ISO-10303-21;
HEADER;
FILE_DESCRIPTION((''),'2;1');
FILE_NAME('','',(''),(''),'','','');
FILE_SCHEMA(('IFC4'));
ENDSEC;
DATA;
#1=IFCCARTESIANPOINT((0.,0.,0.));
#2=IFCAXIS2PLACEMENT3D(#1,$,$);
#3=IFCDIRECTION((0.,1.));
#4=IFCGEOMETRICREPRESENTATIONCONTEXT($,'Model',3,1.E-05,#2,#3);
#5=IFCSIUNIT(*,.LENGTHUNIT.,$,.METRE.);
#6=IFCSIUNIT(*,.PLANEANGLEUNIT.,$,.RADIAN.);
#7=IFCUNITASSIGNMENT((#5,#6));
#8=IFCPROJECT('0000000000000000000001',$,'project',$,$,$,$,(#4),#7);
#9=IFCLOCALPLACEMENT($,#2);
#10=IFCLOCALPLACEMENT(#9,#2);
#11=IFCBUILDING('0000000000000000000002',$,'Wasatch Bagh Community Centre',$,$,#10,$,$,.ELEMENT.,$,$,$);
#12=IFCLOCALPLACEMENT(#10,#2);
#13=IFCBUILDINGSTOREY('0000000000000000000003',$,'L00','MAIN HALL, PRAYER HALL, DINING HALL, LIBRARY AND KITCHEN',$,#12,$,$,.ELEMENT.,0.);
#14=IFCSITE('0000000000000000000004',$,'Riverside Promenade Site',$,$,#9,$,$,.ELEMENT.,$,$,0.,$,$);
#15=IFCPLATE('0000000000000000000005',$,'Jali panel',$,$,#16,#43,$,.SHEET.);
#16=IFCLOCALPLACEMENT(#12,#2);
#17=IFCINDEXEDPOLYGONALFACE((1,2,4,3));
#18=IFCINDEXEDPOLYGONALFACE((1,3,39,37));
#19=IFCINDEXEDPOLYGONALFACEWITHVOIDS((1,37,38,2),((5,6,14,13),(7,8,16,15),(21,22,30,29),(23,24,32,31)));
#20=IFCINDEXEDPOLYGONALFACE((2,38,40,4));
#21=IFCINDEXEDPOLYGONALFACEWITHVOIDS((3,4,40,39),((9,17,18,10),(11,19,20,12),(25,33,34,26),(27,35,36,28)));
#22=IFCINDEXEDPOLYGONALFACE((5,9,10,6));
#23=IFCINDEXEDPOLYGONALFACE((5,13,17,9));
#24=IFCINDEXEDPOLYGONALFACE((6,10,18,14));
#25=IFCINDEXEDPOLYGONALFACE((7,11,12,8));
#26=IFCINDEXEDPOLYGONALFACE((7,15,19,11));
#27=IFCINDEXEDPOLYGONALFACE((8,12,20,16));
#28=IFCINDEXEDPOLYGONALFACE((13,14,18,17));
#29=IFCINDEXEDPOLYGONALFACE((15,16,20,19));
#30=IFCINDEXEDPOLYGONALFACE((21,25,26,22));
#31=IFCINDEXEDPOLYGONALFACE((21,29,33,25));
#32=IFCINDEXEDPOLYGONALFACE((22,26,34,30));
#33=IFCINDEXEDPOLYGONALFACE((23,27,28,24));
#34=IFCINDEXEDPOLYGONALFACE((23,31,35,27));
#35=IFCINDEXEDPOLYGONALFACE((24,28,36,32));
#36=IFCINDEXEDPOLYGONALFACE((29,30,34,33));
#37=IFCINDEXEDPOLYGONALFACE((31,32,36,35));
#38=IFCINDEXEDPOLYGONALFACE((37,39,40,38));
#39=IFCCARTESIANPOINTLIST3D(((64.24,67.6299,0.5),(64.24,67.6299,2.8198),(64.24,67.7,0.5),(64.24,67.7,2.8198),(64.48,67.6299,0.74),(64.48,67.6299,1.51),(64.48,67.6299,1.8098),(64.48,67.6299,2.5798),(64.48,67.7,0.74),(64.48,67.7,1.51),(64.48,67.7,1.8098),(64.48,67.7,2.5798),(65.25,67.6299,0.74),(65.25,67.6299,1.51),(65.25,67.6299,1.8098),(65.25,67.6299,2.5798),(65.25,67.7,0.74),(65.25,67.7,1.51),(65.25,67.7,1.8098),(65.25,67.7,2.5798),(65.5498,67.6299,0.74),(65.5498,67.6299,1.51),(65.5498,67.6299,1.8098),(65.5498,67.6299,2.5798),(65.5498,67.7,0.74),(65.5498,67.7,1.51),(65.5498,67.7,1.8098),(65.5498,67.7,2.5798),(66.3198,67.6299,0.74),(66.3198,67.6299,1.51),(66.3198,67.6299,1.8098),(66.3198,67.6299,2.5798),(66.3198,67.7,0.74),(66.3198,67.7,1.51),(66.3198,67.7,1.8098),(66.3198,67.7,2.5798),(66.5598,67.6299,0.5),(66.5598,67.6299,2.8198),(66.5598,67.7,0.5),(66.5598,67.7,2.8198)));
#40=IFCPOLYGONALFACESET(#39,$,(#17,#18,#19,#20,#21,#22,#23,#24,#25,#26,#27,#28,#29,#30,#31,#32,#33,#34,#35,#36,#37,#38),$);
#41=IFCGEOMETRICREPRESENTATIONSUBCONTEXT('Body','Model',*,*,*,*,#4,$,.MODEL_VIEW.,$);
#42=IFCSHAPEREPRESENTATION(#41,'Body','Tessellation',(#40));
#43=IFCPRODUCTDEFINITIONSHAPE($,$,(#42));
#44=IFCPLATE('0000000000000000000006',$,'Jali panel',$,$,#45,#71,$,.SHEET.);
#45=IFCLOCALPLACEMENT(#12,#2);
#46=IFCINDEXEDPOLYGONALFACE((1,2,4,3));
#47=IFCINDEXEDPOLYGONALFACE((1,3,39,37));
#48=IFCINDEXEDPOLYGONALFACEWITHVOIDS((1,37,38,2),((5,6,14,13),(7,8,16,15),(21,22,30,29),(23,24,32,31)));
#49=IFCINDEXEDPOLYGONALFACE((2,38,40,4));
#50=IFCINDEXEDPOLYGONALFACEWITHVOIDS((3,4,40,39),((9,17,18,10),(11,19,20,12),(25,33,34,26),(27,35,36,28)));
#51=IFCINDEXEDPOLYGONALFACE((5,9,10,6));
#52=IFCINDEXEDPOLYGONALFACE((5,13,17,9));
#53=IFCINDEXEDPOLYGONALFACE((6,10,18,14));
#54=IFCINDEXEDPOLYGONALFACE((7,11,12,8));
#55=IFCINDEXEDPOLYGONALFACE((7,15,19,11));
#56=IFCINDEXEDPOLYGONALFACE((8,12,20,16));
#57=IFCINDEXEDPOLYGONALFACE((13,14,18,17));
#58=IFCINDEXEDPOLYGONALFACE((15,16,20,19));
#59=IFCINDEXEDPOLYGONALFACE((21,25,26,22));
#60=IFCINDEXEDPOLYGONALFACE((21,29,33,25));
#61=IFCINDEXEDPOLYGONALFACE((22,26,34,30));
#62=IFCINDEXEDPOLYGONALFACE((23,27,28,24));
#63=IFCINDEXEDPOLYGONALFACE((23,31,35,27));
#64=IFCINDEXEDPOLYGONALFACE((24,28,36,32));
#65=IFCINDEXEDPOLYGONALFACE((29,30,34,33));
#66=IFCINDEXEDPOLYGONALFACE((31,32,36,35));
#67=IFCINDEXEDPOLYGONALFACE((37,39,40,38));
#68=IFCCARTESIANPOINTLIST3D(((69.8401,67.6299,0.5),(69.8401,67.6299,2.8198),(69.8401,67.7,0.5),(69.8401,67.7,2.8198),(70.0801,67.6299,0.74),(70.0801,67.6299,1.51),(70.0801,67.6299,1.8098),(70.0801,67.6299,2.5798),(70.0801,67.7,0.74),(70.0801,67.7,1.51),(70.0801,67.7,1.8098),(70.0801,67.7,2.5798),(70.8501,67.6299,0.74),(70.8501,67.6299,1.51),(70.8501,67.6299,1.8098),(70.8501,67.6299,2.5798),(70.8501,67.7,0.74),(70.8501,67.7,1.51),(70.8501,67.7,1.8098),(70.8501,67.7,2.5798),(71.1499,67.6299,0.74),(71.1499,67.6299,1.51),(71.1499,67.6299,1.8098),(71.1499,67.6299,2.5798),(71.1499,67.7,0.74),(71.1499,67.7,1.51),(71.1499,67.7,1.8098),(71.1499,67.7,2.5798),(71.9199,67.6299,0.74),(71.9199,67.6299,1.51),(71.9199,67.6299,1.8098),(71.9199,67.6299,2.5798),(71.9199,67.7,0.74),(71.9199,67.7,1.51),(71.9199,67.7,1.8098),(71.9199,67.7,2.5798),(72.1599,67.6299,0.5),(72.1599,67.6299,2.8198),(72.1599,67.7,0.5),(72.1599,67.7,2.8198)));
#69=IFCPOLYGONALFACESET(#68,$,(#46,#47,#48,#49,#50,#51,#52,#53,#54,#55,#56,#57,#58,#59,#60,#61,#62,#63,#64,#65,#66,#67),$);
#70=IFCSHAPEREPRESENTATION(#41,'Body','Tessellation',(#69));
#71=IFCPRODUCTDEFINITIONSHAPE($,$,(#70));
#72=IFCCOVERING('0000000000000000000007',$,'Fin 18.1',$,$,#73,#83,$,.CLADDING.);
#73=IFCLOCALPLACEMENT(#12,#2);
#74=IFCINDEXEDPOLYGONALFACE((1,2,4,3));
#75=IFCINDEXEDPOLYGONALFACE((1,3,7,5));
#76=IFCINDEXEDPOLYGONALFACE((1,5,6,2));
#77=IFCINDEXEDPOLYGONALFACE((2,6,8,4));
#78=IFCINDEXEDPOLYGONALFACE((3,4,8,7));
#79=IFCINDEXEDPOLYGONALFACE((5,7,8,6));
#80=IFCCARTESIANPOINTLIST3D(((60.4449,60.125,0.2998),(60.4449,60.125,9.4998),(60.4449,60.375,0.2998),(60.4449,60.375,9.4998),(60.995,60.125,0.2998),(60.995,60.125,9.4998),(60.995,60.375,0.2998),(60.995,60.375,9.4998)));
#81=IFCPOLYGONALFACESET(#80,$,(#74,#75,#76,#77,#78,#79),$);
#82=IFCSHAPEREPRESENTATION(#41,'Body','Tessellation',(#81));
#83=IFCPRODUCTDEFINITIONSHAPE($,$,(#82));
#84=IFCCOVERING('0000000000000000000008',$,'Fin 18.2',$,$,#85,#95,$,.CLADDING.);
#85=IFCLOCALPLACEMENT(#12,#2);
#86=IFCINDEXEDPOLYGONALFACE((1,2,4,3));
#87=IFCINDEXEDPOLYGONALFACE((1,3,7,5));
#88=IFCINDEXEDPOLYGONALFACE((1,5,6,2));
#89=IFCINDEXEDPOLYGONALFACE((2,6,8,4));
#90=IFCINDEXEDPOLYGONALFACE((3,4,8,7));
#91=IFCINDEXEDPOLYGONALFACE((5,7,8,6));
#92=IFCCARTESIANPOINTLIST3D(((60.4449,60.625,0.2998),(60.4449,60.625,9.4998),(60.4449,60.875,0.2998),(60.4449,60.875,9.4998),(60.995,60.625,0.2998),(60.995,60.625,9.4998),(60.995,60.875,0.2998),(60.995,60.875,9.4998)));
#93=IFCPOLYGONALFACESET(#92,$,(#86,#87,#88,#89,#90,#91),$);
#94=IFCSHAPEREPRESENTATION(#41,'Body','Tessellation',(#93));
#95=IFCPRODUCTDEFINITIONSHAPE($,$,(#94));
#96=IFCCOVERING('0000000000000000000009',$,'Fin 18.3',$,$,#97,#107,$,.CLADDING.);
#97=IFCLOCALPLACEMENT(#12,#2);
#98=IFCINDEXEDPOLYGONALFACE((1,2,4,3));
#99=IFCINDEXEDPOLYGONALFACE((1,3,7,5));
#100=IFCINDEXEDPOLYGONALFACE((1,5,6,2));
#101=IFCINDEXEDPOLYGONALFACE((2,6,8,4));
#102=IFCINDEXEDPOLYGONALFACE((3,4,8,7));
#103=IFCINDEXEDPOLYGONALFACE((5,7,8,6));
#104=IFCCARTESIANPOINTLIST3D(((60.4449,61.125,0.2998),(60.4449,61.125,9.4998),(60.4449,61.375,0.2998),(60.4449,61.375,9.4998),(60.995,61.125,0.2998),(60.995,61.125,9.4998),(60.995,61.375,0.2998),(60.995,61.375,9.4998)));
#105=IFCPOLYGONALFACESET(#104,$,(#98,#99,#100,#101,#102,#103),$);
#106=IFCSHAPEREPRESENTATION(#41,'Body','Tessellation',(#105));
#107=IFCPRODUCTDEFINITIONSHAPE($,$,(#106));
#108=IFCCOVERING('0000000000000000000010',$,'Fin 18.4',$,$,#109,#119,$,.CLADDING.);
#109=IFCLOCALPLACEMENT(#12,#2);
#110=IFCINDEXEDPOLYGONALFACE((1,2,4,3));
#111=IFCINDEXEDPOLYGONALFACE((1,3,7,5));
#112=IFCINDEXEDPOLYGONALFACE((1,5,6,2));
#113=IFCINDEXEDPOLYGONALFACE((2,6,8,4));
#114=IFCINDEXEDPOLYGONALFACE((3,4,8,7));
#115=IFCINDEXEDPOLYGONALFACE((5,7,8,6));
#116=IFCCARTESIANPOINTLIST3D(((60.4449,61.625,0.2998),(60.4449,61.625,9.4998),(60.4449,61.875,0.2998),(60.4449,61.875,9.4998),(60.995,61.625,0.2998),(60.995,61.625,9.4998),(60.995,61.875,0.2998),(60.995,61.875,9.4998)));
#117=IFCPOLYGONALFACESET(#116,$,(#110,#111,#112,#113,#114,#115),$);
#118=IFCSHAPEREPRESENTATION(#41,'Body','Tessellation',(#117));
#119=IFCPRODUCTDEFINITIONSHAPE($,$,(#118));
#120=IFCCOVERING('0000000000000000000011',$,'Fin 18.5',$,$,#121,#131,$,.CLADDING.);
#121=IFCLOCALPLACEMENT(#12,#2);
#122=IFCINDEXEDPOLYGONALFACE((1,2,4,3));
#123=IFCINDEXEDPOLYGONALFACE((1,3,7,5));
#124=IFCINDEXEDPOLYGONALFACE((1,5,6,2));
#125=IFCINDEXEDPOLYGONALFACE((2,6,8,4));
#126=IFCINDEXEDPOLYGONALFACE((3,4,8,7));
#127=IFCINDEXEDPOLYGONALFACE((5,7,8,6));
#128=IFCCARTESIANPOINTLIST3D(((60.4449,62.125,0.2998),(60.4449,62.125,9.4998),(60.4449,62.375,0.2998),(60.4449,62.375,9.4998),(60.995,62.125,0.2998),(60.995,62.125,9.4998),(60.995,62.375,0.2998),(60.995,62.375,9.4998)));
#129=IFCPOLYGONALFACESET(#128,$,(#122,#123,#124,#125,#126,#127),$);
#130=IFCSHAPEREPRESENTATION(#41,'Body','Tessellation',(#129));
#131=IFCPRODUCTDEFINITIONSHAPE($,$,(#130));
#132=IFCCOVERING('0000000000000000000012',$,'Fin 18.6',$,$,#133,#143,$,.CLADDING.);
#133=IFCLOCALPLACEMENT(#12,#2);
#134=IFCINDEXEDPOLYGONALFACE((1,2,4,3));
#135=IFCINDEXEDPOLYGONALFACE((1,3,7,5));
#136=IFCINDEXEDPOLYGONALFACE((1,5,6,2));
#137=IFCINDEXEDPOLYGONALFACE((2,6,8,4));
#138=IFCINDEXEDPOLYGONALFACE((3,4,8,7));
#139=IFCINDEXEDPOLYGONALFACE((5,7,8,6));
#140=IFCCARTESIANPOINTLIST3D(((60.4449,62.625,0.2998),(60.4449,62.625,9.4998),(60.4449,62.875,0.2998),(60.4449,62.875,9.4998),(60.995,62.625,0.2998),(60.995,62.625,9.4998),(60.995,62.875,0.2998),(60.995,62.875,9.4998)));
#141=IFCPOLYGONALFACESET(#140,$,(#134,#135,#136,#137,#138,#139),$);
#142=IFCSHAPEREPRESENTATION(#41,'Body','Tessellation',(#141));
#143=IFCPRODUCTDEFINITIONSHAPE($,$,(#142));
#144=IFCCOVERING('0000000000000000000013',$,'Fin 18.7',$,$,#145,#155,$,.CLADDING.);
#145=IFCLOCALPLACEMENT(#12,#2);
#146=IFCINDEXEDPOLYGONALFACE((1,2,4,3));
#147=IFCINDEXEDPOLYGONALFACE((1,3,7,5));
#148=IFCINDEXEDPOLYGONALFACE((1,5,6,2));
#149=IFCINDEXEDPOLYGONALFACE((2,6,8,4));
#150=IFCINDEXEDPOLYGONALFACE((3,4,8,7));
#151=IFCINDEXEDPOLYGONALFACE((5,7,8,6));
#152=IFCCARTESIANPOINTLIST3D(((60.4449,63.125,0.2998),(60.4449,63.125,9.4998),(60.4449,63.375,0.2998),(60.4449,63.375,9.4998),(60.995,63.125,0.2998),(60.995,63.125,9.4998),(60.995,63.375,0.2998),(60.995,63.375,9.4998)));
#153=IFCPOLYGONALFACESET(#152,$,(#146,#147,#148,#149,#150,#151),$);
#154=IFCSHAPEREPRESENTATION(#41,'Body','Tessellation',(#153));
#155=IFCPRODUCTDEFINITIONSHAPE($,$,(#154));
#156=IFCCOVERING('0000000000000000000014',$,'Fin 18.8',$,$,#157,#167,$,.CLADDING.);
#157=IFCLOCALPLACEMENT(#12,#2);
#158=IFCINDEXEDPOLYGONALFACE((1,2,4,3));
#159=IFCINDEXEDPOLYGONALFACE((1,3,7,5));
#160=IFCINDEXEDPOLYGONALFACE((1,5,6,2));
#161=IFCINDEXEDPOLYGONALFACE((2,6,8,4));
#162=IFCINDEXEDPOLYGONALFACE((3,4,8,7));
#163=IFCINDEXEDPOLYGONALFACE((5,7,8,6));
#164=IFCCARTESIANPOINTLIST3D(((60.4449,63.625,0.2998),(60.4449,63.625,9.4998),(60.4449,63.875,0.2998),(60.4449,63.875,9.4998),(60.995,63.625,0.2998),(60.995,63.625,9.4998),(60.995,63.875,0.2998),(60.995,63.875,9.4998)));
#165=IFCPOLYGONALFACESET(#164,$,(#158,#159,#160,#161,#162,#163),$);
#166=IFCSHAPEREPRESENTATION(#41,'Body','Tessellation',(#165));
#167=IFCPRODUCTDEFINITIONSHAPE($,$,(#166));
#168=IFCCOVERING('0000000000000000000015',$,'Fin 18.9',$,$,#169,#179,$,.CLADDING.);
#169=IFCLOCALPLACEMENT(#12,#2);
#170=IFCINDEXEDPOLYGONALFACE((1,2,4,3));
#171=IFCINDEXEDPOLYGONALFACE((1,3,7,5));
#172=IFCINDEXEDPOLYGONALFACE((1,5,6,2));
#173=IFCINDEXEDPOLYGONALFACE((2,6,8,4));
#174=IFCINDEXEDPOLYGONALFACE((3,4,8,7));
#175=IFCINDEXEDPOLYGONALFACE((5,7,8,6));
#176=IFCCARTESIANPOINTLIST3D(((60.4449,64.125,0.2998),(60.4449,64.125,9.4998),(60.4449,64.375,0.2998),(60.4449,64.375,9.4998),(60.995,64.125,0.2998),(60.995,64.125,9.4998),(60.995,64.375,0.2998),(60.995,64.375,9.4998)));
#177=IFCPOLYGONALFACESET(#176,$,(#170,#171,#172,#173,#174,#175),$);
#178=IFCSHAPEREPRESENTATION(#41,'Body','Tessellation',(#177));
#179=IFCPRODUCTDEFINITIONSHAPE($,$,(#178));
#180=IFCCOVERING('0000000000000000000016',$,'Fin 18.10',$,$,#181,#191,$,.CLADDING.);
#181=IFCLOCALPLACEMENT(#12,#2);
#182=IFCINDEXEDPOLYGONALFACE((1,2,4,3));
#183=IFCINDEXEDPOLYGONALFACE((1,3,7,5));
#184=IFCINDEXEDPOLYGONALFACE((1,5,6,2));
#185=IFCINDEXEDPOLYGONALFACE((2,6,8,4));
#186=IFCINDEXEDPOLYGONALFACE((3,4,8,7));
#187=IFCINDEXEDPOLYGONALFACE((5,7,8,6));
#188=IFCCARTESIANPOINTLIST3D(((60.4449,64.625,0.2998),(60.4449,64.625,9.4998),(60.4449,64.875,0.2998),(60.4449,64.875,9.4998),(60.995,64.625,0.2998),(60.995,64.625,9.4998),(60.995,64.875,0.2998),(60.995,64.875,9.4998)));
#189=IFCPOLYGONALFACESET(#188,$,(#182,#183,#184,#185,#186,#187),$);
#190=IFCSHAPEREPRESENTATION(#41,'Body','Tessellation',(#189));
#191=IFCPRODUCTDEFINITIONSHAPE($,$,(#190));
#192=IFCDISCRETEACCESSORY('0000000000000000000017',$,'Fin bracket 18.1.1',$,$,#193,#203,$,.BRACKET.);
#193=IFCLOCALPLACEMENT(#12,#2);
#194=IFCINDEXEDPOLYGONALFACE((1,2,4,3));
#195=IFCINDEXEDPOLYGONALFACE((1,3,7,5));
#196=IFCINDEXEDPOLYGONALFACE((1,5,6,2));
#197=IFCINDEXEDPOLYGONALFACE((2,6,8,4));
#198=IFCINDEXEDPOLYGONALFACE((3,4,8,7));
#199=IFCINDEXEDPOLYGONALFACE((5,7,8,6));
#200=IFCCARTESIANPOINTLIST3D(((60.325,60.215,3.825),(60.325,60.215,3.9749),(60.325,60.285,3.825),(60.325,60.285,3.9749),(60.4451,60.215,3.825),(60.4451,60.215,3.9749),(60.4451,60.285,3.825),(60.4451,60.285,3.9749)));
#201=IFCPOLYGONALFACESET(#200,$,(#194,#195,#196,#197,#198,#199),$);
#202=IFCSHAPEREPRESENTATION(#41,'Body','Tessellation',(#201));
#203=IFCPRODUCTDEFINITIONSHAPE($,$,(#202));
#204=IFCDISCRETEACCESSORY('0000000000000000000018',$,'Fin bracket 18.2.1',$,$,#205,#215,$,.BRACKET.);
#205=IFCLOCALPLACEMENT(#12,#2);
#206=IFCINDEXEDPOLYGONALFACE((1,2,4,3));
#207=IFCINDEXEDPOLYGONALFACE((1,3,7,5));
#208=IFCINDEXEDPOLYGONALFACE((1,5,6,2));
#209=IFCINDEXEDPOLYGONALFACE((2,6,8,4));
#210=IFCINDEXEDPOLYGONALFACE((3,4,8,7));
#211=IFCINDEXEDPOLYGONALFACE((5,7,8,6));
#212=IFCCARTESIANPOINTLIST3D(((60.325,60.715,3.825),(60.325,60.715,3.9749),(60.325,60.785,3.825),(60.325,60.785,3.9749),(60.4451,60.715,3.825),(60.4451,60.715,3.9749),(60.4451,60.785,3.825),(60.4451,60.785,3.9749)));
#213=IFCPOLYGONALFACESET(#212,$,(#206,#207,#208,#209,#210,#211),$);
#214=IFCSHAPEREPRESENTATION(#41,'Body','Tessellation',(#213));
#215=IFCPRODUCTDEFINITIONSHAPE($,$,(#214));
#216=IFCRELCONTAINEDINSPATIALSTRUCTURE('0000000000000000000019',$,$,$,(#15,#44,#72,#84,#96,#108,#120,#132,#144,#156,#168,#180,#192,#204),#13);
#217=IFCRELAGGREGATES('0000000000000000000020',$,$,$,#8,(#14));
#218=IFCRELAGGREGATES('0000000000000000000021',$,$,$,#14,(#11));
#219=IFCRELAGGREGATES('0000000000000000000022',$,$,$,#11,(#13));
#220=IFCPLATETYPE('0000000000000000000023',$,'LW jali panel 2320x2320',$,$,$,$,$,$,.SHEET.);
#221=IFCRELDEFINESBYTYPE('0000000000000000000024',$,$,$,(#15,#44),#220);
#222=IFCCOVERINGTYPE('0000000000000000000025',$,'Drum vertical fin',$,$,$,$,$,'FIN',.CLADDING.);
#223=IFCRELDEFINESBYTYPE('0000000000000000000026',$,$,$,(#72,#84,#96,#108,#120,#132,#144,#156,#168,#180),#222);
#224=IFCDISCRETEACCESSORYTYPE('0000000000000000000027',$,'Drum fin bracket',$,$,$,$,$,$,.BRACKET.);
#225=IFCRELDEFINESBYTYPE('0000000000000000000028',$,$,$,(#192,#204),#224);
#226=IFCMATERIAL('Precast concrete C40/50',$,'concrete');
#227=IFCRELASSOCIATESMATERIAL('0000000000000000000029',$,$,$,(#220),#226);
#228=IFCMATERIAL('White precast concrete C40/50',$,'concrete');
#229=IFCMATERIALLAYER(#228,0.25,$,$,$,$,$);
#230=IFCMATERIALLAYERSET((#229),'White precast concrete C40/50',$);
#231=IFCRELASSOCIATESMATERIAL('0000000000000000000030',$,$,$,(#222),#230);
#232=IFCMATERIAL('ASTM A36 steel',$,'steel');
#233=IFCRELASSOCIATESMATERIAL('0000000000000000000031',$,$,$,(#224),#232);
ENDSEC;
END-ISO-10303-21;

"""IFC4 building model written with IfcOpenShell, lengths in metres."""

from ifc_helpers import new_model, si_unit, direction, frame, origin, origin_2d, place, context, subcontext, project, spatial, polyline, rectangle, outline, extrude, material, layer, layer_set, material_profile, profile_set, type_object, element, save


model = new_model("IFC4")

# Units and contexts
model_context = context("Model", 3, precision=1e-05, world=origin(), true_north=direction((0.0, 1.0)))
body_context = subcontext(model_context, "Body", "Model", "MODEL_VIEW")
ifc_project = project(units=[si_unit("LENGTHUNIT", "METRE"), si_unit("PLANEANGLEUNIT", "RADIAN")], contexts=[model_context])

# Site, building, storey
site_placement = place(None, origin())
site = spatial("IfcSite", under=ifc_project, at=site_placement, Name="Riverside Promenade Site", CompositionType="ELEMENT", RefElevation=0.0)
building_placement = place(site_placement, origin())
building = spatial("IfcBuilding", under=site, at=building_placement, Name="Wasatch Bagh Community Centre", CompositionType="ELEMENT")
storey_placement = place(building_placement, origin())
storey = spatial("IfcBuildingStorey", under=building, at=storey_placement, Name="L00", Description="MAIN HALL, PRAYER HALL, DINING HALL, LIBRARY AND KITCHEN", CompositionType="ELEMENT", Elevation=0.0)

# Plates
ifc_material_1 = material(Name="Precast concrete C40/50", Category="concrete")
ifc_material_profile = material_profile(ifc_material_1, outline(polyline([(-1.1599, -1.1599), (1.1599, -1.1599), (1.1599, 1.1599), (-1.1599, 1.1599), (-1.1599, -1.1599)]), holes=[polyline([(-0.9199, -0.9199), (-0.1499, -0.9199), (-0.1499, -0.1499), (-0.9199, -0.1499), (-0.9199, -0.9199)]), polyline([(-0.9199, 0.1499), (-0.1499, 0.1499), (-0.1499, 0.9199), (-0.9199, 0.9199), (-0.9199, 0.1499)]), polyline([(0.1499, -0.9199), (0.9199, -0.9199), (0.9199, -0.1499), (0.1499, -0.1499), (0.1499, -0.9199)]), polyline([(0.1499, 0.1499), (0.9199, 0.1499), (0.9199, 0.9199), (0.1499, 0.9199), (0.1499, 0.1499)])]), Name="Jali lattice")
ifc_profile_set = profile_set([ifc_material_profile], Name="Precast concrete C40/50")
plate_type = type_object("IfcPlateType", Name="LW jali panel 2320x2320", PredefinedType="SHEET", material=ifc_profile_set)
for number, where, z_axis, x_axis, name in (
    (1, (65.3999, 67.7, 1.6599), (0.0, -1.0, 0.0), (1.0, 0.0, 0.0), "Jali panel"),
    (2, (71.0, 67.7, 1.6599), (0.0, -1.0, 0.0), (1.0, 0.0, 0.0), "Jali panel"),
):
    element("IfcPlate", number, at=place(storey_placement, frame(where, z_axis=z_axis, x_axis=x_axis)), inside=storey, type_object=plate_type, Name=name, PredefinedType="SHEET", context=body_context, shape_type="SweptSolid", body=[
        extrude(outline(polyline([(-1.1599, -1.1599), (1.1599, -1.1599), (1.1599, 1.1599), (-1.1599, 1.1599), (-1.1599, -1.1599)]), holes=[polyline([(-0.9199, -0.9199), (-0.1499, -0.9199), (-0.1499, -0.1499), (-0.9199, -0.1499), (-0.9199, -0.9199)]), polyline([(-0.9199, 0.1499), (-0.1499, 0.1499), (-0.1499, 0.9199), (-0.9199, 0.9199), (-0.9199, 0.1499)]), polyline([(0.1499, -0.9199), (0.9199, -0.9199), (0.9199, -0.1499), (0.1499, -0.1499), (0.1499, -0.9199)]), polyline([(0.1499, 0.1499), (0.9199, 0.1499), (0.9199, 0.9199), (0.1499, 0.9199), (0.1499, 0.1499)])]), origin(), (0.0, 0.0, 1.0), 0.0701),
    ])

# Coverings
ifc_material_2 = material(Name="White precast concrete C40/50", Category="concrete")
ifc_layer = layer(ifc_material_2, 0.25)
ifc_layer_set = layer_set([ifc_layer], Name="White precast concrete C40/50")
covering_type = type_object("IfcCoveringType", Name="Drum vertical fin", ElementType="FIN", PredefinedType="CLADDING", material=ifc_layer_set)
for number, where, z_axis, x_axis, name in (
    (3, (60.72, 60.25, 0.2998), (0.0, 0.0, 1.0), (0.0, 1.0, 0.0), "Fin 18.1"),
    (4, (60.72, 60.75, 0.2998), (0.0, 0.0, 1.0), (0.0, 1.0, 0.0), "Fin 18.2"),
    (5, (60.72, 61.25, 0.2998), (0.0, 0.0, 1.0), (0.0, 1.0, 0.0), "Fin 18.3"),
    (6, (60.72, 61.75, 0.2998), (0.0, 0.0, 1.0), (0.0, 1.0, 0.0), "Fin 18.4"),
    (7, (60.72, 62.25, 0.2998), (0.0, 0.0, 1.0), (0.0, 1.0, 0.0), "Fin 18.5"),
    (8, (60.72, 62.75, 0.2998), (0.0, 0.0, 1.0), (0.0, 1.0, 0.0), "Fin 18.6"),
    (9, (60.72, 63.25, 0.2998), (0.0, 0.0, 1.0), (0.0, 1.0, 0.0), "Fin 18.7"),
    (10, (60.72, 63.75, 0.2998), (0.0, 0.0, 1.0), (0.0, 1.0, 0.0), "Fin 18.8"),
    (11, (60.72, 64.25, 0.2998), (0.0, 0.0, 1.0), (0.0, 1.0, 0.0), "Fin 18.9"),
    (12, (60.72, 64.75, 0.2998), (0.0, 0.0, 1.0), (0.0, 1.0, 0.0), "Fin 18.10"),
):
    element("IfcCovering", number, at=place(storey_placement, frame(where, z_axis=z_axis, x_axis=x_axis)), inside=storey, type_object=covering_type, Name=name, PredefinedType="CLADDING", context=body_context, shape_type="SweptSolid", body=[
        extrude(rectangle(XDim=0.25, YDim=0.55, at=origin_2d()), origin(), (0.0, 0.0, 1.0), 9.2),
    ])

# Discrete accessories
ifc_material_3 = material(Name="ASTM A36 steel", Category="steel")
discrete_accessory_type = type_object("IfcDiscreteAccessoryType", Name="Drum fin bracket", PredefinedType="BRACKET", material=ifc_material_3)
for number, where, z_axis, x_axis, name in (
    (13, (60.385, 60.25, 3.825), (0.0, 0.0, 1.0), (0.0, 1.0, 0.0), "Fin bracket 18.1.1"),
    (14, (60.385, 60.75, 3.825), (0.0, 0.0, 1.0), (0.0, 1.0, 0.0), "Fin bracket 18.2.1"),
):
    element("IfcDiscreteAccessory", number, at=place(storey_placement, frame(where, z_axis=z_axis, x_axis=x_axis)), inside=storey, type_object=discrete_accessory_type, Name=name, PredefinedType="BRACKET", context=body_context, shape_type="SweptSolid", body=[
        extrude(rectangle(XDim=0.0701, YDim=0.1201, at=origin_2d()), origin(), (0.0, 0.0, 1.0), 0.1499),
    ])

save(model, "model.ifc")
